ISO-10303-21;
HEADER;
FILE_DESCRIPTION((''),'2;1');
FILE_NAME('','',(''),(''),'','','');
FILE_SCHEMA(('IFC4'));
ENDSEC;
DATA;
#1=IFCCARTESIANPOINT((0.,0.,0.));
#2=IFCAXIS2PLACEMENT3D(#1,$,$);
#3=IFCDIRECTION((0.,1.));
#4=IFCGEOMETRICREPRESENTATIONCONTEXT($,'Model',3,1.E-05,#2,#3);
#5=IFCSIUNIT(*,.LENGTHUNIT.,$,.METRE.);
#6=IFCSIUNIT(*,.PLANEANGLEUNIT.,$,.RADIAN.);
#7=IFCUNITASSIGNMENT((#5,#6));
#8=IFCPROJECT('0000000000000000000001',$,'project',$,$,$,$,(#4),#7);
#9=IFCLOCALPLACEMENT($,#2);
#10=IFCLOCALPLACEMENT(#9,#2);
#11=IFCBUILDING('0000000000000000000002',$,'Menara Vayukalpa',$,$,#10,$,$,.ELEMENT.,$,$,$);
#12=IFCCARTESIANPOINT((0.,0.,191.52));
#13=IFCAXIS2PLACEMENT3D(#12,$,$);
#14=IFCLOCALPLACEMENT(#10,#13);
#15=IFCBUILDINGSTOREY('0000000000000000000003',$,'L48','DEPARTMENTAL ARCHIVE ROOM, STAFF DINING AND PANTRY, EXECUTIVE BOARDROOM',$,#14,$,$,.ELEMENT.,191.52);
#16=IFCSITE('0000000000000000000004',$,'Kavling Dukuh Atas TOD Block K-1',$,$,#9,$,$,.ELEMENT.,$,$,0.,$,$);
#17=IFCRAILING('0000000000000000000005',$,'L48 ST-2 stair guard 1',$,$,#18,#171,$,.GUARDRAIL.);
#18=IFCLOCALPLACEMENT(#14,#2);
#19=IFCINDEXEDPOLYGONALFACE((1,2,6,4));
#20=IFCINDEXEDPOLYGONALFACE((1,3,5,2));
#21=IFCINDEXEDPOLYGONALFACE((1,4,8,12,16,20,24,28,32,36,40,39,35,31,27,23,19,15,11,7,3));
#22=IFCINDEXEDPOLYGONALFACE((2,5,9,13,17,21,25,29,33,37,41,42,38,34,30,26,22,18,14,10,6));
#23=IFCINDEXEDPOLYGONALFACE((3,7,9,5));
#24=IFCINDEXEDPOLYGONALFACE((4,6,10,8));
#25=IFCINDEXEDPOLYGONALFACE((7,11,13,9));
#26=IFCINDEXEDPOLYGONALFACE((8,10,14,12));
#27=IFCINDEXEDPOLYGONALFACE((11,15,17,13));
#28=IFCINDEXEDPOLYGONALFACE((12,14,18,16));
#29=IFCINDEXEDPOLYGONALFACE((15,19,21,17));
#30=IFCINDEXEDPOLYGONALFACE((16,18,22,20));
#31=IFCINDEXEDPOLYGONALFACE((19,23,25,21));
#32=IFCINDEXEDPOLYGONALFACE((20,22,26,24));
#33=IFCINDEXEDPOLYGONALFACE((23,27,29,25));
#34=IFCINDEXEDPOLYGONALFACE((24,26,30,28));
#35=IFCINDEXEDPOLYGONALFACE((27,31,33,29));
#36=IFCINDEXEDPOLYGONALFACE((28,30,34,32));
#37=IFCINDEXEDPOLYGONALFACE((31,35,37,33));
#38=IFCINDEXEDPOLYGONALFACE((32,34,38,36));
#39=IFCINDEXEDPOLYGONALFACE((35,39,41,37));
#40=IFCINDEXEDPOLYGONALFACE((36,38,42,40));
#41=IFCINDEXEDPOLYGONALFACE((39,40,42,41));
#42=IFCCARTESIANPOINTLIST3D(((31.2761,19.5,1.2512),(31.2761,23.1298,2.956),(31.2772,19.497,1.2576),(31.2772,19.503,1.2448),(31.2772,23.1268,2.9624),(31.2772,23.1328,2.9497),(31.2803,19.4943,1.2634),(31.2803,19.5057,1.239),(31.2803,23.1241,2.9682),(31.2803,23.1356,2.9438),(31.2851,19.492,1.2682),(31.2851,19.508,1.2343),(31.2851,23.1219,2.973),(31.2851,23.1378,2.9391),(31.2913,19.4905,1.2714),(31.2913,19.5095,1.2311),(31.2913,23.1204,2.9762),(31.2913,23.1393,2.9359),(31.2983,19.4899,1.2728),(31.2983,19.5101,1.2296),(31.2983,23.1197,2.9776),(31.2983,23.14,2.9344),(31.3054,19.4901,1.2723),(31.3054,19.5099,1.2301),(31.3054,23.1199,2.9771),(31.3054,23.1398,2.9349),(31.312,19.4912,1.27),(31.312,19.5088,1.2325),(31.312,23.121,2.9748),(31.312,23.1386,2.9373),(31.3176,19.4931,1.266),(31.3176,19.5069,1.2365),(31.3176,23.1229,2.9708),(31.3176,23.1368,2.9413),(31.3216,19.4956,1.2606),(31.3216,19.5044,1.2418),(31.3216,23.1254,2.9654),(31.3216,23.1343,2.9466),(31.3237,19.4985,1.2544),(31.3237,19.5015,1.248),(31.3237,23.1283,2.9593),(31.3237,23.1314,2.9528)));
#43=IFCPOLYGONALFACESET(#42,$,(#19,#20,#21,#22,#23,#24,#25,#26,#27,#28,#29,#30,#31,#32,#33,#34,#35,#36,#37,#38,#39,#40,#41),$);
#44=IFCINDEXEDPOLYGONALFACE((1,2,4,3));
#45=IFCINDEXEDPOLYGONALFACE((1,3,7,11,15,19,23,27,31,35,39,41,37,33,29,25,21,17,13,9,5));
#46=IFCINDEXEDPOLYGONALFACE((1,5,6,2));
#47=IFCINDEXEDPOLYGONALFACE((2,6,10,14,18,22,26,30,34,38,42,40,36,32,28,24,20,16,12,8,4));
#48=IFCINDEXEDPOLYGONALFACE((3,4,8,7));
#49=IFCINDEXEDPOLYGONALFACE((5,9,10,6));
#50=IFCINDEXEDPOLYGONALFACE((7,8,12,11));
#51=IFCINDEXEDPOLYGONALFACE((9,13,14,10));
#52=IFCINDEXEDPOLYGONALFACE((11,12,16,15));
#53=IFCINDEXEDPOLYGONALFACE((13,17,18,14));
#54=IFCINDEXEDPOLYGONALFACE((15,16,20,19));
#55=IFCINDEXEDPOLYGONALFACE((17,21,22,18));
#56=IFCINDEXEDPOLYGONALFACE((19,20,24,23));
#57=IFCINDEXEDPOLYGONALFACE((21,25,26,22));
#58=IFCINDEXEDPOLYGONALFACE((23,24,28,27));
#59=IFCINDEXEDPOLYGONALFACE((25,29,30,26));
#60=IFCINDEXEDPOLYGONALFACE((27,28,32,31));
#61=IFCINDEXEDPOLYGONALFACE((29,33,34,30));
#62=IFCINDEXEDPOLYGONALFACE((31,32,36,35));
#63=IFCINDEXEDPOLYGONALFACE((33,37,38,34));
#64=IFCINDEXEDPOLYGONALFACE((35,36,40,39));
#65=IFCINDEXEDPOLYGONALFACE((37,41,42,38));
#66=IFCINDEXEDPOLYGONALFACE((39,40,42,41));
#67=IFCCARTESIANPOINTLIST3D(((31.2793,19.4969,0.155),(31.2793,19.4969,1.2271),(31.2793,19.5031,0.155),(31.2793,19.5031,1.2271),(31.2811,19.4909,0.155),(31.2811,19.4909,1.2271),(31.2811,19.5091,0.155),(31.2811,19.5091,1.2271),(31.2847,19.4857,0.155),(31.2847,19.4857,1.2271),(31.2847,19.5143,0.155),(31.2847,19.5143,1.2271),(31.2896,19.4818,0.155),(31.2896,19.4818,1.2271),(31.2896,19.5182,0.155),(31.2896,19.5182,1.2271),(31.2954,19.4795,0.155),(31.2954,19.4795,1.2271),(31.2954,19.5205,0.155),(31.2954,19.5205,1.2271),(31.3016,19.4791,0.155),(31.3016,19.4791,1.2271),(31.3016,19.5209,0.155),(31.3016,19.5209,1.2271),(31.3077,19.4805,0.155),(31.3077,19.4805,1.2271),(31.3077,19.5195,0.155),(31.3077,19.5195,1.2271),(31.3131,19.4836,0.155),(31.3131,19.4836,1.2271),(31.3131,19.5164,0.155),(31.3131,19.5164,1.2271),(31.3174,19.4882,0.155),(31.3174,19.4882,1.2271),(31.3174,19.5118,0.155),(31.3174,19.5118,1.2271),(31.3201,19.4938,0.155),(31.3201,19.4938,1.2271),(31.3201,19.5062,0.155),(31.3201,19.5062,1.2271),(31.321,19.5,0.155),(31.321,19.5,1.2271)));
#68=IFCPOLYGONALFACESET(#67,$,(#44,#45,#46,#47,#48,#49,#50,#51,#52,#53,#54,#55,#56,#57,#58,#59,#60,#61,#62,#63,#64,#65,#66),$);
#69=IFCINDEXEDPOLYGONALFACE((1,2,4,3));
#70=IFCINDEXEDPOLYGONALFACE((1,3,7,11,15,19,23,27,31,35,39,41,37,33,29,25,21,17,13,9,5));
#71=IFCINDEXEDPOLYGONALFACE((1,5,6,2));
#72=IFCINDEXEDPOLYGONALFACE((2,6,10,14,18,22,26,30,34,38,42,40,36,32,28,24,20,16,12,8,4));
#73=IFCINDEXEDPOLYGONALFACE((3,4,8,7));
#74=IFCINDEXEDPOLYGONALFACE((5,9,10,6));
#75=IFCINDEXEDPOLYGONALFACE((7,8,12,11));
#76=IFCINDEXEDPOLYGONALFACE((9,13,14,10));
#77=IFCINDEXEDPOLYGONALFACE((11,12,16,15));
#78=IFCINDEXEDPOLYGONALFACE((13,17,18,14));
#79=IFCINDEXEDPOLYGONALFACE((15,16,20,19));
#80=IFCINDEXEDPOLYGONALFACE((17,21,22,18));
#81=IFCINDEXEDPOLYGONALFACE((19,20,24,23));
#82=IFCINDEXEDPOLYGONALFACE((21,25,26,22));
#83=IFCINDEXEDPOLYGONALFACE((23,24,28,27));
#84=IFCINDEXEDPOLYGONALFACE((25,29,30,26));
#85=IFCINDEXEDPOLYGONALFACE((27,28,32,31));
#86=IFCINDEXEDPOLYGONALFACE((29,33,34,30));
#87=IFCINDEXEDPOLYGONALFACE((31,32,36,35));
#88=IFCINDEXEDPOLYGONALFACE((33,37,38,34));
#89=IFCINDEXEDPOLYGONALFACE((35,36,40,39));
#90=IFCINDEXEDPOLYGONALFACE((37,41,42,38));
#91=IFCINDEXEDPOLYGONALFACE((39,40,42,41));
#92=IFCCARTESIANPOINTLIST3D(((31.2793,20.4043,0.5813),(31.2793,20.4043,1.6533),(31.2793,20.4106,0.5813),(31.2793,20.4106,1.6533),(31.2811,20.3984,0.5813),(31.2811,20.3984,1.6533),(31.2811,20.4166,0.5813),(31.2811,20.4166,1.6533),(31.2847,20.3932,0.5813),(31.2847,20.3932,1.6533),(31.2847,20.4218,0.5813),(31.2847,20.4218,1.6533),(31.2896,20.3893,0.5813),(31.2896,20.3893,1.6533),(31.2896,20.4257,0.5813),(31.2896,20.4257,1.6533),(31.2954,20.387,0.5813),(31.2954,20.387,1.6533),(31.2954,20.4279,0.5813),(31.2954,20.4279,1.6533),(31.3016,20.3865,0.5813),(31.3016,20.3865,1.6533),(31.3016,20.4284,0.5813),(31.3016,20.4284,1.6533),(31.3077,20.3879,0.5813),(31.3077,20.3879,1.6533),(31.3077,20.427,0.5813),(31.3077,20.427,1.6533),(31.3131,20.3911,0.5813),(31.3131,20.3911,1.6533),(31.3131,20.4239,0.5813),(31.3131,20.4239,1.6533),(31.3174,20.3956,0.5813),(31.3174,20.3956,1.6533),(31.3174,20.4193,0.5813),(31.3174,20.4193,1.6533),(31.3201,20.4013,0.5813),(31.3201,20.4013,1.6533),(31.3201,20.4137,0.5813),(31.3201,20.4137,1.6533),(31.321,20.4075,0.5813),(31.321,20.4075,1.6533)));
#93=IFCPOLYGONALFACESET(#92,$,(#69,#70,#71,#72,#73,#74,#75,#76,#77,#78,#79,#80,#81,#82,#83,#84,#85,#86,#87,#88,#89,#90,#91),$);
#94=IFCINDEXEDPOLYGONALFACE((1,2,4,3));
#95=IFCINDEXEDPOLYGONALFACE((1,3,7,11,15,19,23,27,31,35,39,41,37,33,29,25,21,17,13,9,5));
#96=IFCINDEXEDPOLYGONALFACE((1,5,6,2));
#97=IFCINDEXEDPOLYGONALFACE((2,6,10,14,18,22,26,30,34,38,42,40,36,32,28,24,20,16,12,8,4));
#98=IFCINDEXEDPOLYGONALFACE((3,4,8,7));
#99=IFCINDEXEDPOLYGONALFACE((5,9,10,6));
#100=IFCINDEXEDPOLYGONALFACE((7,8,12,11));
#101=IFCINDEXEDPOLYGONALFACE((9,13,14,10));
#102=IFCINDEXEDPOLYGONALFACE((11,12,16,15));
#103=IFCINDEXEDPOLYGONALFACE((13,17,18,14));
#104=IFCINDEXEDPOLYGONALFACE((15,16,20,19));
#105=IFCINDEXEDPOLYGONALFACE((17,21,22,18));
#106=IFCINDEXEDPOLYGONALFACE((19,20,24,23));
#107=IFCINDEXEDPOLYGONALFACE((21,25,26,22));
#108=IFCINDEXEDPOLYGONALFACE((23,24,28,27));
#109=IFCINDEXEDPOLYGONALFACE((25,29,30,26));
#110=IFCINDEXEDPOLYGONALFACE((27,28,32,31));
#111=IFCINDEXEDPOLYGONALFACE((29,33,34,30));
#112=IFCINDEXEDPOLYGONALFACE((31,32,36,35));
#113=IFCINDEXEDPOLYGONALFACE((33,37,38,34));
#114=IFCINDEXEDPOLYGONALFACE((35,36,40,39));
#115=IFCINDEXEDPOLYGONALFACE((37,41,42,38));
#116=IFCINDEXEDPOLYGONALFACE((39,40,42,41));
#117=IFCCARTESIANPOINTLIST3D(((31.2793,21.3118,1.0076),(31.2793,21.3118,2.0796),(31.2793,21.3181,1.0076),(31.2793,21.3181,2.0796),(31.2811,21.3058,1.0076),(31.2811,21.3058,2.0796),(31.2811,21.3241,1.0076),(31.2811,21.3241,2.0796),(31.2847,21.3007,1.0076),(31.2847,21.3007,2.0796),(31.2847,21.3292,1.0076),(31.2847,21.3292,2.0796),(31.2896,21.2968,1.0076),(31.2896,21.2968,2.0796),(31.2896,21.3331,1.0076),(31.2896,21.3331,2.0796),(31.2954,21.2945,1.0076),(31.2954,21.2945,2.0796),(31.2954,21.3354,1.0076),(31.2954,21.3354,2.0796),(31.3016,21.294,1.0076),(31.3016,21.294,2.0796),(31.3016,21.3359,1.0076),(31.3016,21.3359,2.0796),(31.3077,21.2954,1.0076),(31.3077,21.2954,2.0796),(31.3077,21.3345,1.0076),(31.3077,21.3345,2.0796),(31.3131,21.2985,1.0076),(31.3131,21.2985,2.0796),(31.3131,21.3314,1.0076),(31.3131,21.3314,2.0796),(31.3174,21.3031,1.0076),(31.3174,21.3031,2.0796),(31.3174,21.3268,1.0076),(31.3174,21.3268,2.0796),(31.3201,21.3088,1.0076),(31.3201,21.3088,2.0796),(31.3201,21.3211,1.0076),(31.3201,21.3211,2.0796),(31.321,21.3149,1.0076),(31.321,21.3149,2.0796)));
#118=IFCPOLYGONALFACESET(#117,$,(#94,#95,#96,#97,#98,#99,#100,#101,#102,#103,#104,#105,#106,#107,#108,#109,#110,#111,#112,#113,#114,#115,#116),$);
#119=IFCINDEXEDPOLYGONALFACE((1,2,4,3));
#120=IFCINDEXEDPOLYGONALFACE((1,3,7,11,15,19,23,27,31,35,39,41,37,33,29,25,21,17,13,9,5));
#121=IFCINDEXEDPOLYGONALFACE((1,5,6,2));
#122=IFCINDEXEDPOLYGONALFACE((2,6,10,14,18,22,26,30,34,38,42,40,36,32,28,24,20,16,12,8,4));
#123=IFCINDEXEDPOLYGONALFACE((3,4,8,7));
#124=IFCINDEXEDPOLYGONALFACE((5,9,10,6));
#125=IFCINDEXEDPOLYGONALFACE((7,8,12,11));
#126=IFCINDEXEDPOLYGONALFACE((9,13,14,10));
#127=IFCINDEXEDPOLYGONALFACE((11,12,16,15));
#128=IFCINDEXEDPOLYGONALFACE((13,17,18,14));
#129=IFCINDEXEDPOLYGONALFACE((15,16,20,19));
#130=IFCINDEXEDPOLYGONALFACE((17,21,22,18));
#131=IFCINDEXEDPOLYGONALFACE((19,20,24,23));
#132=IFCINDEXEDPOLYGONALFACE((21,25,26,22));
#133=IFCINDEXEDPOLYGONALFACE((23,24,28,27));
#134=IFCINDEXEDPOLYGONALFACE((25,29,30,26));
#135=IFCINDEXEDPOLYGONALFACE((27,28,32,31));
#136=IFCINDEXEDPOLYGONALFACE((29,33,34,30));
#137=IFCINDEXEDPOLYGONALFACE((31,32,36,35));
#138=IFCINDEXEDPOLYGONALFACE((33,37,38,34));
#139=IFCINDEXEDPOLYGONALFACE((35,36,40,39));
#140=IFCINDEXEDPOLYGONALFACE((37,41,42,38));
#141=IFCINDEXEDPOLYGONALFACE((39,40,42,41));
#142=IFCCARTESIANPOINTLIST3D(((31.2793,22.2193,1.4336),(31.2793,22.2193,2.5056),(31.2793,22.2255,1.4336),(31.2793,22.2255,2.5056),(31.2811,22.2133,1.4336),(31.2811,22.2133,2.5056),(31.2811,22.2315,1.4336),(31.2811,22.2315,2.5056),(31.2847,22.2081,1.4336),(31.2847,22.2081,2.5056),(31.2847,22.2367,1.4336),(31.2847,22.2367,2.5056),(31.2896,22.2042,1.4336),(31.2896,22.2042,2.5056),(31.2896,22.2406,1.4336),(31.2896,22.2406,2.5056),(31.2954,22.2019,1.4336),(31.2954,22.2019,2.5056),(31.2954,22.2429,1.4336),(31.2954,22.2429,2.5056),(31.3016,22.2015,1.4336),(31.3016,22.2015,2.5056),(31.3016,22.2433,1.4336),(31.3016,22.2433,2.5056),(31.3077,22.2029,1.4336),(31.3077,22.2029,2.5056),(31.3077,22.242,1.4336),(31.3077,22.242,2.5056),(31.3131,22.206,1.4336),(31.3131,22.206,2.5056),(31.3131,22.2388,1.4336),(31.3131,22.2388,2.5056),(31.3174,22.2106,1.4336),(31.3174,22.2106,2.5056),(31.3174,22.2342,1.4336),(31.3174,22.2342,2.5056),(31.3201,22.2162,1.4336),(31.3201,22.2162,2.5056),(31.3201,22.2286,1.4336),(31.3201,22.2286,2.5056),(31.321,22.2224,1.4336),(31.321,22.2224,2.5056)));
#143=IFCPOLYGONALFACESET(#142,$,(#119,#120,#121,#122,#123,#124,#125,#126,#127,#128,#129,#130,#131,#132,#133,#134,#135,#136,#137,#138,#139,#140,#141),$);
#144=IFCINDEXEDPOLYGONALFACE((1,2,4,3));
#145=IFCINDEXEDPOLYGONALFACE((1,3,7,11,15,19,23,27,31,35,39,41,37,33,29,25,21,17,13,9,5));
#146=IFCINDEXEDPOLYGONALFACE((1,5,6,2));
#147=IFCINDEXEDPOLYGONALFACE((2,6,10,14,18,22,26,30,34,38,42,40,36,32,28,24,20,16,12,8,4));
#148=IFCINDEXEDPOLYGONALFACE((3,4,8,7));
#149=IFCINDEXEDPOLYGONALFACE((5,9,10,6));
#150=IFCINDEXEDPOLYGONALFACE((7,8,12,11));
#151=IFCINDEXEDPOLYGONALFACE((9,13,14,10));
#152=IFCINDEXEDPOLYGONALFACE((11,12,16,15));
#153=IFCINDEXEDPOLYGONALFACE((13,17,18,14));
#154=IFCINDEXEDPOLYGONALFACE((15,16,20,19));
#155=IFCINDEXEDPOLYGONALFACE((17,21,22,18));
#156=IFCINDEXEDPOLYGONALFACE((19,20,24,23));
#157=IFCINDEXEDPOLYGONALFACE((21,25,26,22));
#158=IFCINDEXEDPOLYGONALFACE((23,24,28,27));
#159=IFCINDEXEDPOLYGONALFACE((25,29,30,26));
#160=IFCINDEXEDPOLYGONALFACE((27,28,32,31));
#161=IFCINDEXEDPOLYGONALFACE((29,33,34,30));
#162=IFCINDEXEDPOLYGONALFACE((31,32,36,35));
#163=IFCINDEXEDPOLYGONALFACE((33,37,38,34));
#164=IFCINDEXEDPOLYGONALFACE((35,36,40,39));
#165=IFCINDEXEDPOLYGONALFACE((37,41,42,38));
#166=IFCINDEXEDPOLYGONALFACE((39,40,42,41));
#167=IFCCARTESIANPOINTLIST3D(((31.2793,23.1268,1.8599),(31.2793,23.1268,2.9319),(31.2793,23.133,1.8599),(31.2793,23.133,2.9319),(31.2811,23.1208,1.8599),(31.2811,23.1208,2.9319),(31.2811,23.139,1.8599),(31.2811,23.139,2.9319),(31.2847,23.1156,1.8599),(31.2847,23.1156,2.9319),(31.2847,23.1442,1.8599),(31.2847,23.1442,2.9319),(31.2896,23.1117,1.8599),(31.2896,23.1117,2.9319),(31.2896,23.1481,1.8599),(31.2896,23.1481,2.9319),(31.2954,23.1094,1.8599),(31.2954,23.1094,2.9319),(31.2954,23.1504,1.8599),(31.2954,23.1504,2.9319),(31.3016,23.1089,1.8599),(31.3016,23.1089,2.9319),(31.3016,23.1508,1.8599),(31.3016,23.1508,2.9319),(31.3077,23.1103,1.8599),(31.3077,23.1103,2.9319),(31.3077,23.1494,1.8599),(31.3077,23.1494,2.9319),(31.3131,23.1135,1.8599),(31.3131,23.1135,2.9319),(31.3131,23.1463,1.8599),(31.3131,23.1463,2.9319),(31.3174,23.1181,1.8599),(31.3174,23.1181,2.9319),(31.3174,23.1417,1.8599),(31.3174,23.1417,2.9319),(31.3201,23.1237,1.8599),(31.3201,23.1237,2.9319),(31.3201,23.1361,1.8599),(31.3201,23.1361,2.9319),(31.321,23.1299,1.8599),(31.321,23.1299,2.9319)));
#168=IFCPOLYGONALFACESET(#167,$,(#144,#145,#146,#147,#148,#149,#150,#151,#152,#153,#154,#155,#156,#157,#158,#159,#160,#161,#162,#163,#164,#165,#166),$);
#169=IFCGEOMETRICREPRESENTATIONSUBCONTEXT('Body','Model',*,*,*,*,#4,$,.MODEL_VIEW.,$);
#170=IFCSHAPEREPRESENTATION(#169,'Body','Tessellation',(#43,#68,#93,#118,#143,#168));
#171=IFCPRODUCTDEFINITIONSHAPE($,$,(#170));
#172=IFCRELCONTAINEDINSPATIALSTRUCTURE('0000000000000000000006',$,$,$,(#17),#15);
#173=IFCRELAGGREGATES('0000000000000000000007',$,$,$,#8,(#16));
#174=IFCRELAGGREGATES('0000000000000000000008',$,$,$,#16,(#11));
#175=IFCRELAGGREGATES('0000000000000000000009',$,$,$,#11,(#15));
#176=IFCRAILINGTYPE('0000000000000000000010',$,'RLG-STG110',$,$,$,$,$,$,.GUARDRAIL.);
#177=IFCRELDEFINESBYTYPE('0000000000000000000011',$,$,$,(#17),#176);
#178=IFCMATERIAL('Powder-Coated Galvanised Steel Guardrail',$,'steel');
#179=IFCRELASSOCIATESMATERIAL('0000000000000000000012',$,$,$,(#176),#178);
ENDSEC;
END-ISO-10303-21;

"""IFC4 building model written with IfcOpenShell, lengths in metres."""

from ifc_helpers import new_model, si_unit, direction, frame, origin, origin_2d, place, context, subcontext, project, spatial, circle, extrude, material, type_object, element, save


model = new_model("IFC4")

# Units and contexts
model_context = context("Model", 3, precision=1e-05, world=origin(), true_north=direction((0.0, 1.0)))
body_context = subcontext(model_context, "Body", "Model", "MODEL_VIEW")
ifc_project = project(units=[si_unit("LENGTHUNIT", "METRE"), si_unit("PLANEANGLEUNIT", "RADIAN")], contexts=[model_context])

# Site, building, storey
site_placement = place(None, origin())
site = spatial("IfcSite", under=ifc_project, at=site_placement, Name="Kavling Dukuh Atas TOD Block K-1", CompositionType="ELEMENT", RefElevation=0.0)
building_placement = place(site_placement, origin())
building = spatial("IfcBuilding", under=site, at=building_placement, Name="Menara Vayukalpa", CompositionType="ELEMENT")
storey_placement = place(building_placement, frame((0.0, 0.0, 191.52)))
storey = spatial("IfcBuildingStorey", under=building, at=storey_placement, Name="L48", Description="DEPARTMENTAL ARCHIVE ROOM, STAFF DINING AND PANTRY, EXECUTIVE BOARDROOM", CompositionType="ELEMENT", Elevation=191.52)

# Railing
ifc_material_1 = material(Name="Powder-Coated Galvanised Steel Guardrail", Category="steel")
railing_type_1 = type_object("IfcRailingType", Name="RLG-STG110", PredefinedType="GUARDRAIL", material=ifc_material_1)
railing_1_placement = place(storey_placement, frame((31.3, 19.5, 0.155)))
element("IfcRailing", 1, at=railing_1_placement, inside=storey, type_object=railing_type_1, Name="L48 ST-2 stair guard 1", PredefinedType="GUARDRAIL", context=body_context, shape_type="SweptSolid", body=[
    extrude(circle(Radius=0.0239, at=origin_2d()), frame((0.0, 0.0, 1.0962), z_axis=(0.0, 0.90514, 0.425114), x_axis=(-1.0, 0.0, 0.0)), (0.0, 0.0, 1.0), 4.0103),
    extrude(circle(Radius=0.021, at=origin_2d()), origin(), (0.0, 0.0, 1.0), 1.072),
    extrude(circle(Radius=0.021, at=origin_2d()), frame((0.0, 0.9075, 0.4263)), (0.0, 0.0, 1.0), 1.072),
    extrude(circle(Radius=0.021, at=origin_2d()), frame((0.0, 1.8149, 0.8525)), (0.0, 0.0, 1.0), 1.072),
    extrude(circle(Radius=0.021, at=origin_2d()), frame((0.0, 2.7224, 1.2786)), (0.0, 0.0, 1.0), 1.072),
    extrude(circle(Radius=0.021, at=origin_2d()), frame((0.0, 3.6299, 1.7048)), (0.0, 0.0, 1.0), 1.072),
])

save(model, "model.ifc")
